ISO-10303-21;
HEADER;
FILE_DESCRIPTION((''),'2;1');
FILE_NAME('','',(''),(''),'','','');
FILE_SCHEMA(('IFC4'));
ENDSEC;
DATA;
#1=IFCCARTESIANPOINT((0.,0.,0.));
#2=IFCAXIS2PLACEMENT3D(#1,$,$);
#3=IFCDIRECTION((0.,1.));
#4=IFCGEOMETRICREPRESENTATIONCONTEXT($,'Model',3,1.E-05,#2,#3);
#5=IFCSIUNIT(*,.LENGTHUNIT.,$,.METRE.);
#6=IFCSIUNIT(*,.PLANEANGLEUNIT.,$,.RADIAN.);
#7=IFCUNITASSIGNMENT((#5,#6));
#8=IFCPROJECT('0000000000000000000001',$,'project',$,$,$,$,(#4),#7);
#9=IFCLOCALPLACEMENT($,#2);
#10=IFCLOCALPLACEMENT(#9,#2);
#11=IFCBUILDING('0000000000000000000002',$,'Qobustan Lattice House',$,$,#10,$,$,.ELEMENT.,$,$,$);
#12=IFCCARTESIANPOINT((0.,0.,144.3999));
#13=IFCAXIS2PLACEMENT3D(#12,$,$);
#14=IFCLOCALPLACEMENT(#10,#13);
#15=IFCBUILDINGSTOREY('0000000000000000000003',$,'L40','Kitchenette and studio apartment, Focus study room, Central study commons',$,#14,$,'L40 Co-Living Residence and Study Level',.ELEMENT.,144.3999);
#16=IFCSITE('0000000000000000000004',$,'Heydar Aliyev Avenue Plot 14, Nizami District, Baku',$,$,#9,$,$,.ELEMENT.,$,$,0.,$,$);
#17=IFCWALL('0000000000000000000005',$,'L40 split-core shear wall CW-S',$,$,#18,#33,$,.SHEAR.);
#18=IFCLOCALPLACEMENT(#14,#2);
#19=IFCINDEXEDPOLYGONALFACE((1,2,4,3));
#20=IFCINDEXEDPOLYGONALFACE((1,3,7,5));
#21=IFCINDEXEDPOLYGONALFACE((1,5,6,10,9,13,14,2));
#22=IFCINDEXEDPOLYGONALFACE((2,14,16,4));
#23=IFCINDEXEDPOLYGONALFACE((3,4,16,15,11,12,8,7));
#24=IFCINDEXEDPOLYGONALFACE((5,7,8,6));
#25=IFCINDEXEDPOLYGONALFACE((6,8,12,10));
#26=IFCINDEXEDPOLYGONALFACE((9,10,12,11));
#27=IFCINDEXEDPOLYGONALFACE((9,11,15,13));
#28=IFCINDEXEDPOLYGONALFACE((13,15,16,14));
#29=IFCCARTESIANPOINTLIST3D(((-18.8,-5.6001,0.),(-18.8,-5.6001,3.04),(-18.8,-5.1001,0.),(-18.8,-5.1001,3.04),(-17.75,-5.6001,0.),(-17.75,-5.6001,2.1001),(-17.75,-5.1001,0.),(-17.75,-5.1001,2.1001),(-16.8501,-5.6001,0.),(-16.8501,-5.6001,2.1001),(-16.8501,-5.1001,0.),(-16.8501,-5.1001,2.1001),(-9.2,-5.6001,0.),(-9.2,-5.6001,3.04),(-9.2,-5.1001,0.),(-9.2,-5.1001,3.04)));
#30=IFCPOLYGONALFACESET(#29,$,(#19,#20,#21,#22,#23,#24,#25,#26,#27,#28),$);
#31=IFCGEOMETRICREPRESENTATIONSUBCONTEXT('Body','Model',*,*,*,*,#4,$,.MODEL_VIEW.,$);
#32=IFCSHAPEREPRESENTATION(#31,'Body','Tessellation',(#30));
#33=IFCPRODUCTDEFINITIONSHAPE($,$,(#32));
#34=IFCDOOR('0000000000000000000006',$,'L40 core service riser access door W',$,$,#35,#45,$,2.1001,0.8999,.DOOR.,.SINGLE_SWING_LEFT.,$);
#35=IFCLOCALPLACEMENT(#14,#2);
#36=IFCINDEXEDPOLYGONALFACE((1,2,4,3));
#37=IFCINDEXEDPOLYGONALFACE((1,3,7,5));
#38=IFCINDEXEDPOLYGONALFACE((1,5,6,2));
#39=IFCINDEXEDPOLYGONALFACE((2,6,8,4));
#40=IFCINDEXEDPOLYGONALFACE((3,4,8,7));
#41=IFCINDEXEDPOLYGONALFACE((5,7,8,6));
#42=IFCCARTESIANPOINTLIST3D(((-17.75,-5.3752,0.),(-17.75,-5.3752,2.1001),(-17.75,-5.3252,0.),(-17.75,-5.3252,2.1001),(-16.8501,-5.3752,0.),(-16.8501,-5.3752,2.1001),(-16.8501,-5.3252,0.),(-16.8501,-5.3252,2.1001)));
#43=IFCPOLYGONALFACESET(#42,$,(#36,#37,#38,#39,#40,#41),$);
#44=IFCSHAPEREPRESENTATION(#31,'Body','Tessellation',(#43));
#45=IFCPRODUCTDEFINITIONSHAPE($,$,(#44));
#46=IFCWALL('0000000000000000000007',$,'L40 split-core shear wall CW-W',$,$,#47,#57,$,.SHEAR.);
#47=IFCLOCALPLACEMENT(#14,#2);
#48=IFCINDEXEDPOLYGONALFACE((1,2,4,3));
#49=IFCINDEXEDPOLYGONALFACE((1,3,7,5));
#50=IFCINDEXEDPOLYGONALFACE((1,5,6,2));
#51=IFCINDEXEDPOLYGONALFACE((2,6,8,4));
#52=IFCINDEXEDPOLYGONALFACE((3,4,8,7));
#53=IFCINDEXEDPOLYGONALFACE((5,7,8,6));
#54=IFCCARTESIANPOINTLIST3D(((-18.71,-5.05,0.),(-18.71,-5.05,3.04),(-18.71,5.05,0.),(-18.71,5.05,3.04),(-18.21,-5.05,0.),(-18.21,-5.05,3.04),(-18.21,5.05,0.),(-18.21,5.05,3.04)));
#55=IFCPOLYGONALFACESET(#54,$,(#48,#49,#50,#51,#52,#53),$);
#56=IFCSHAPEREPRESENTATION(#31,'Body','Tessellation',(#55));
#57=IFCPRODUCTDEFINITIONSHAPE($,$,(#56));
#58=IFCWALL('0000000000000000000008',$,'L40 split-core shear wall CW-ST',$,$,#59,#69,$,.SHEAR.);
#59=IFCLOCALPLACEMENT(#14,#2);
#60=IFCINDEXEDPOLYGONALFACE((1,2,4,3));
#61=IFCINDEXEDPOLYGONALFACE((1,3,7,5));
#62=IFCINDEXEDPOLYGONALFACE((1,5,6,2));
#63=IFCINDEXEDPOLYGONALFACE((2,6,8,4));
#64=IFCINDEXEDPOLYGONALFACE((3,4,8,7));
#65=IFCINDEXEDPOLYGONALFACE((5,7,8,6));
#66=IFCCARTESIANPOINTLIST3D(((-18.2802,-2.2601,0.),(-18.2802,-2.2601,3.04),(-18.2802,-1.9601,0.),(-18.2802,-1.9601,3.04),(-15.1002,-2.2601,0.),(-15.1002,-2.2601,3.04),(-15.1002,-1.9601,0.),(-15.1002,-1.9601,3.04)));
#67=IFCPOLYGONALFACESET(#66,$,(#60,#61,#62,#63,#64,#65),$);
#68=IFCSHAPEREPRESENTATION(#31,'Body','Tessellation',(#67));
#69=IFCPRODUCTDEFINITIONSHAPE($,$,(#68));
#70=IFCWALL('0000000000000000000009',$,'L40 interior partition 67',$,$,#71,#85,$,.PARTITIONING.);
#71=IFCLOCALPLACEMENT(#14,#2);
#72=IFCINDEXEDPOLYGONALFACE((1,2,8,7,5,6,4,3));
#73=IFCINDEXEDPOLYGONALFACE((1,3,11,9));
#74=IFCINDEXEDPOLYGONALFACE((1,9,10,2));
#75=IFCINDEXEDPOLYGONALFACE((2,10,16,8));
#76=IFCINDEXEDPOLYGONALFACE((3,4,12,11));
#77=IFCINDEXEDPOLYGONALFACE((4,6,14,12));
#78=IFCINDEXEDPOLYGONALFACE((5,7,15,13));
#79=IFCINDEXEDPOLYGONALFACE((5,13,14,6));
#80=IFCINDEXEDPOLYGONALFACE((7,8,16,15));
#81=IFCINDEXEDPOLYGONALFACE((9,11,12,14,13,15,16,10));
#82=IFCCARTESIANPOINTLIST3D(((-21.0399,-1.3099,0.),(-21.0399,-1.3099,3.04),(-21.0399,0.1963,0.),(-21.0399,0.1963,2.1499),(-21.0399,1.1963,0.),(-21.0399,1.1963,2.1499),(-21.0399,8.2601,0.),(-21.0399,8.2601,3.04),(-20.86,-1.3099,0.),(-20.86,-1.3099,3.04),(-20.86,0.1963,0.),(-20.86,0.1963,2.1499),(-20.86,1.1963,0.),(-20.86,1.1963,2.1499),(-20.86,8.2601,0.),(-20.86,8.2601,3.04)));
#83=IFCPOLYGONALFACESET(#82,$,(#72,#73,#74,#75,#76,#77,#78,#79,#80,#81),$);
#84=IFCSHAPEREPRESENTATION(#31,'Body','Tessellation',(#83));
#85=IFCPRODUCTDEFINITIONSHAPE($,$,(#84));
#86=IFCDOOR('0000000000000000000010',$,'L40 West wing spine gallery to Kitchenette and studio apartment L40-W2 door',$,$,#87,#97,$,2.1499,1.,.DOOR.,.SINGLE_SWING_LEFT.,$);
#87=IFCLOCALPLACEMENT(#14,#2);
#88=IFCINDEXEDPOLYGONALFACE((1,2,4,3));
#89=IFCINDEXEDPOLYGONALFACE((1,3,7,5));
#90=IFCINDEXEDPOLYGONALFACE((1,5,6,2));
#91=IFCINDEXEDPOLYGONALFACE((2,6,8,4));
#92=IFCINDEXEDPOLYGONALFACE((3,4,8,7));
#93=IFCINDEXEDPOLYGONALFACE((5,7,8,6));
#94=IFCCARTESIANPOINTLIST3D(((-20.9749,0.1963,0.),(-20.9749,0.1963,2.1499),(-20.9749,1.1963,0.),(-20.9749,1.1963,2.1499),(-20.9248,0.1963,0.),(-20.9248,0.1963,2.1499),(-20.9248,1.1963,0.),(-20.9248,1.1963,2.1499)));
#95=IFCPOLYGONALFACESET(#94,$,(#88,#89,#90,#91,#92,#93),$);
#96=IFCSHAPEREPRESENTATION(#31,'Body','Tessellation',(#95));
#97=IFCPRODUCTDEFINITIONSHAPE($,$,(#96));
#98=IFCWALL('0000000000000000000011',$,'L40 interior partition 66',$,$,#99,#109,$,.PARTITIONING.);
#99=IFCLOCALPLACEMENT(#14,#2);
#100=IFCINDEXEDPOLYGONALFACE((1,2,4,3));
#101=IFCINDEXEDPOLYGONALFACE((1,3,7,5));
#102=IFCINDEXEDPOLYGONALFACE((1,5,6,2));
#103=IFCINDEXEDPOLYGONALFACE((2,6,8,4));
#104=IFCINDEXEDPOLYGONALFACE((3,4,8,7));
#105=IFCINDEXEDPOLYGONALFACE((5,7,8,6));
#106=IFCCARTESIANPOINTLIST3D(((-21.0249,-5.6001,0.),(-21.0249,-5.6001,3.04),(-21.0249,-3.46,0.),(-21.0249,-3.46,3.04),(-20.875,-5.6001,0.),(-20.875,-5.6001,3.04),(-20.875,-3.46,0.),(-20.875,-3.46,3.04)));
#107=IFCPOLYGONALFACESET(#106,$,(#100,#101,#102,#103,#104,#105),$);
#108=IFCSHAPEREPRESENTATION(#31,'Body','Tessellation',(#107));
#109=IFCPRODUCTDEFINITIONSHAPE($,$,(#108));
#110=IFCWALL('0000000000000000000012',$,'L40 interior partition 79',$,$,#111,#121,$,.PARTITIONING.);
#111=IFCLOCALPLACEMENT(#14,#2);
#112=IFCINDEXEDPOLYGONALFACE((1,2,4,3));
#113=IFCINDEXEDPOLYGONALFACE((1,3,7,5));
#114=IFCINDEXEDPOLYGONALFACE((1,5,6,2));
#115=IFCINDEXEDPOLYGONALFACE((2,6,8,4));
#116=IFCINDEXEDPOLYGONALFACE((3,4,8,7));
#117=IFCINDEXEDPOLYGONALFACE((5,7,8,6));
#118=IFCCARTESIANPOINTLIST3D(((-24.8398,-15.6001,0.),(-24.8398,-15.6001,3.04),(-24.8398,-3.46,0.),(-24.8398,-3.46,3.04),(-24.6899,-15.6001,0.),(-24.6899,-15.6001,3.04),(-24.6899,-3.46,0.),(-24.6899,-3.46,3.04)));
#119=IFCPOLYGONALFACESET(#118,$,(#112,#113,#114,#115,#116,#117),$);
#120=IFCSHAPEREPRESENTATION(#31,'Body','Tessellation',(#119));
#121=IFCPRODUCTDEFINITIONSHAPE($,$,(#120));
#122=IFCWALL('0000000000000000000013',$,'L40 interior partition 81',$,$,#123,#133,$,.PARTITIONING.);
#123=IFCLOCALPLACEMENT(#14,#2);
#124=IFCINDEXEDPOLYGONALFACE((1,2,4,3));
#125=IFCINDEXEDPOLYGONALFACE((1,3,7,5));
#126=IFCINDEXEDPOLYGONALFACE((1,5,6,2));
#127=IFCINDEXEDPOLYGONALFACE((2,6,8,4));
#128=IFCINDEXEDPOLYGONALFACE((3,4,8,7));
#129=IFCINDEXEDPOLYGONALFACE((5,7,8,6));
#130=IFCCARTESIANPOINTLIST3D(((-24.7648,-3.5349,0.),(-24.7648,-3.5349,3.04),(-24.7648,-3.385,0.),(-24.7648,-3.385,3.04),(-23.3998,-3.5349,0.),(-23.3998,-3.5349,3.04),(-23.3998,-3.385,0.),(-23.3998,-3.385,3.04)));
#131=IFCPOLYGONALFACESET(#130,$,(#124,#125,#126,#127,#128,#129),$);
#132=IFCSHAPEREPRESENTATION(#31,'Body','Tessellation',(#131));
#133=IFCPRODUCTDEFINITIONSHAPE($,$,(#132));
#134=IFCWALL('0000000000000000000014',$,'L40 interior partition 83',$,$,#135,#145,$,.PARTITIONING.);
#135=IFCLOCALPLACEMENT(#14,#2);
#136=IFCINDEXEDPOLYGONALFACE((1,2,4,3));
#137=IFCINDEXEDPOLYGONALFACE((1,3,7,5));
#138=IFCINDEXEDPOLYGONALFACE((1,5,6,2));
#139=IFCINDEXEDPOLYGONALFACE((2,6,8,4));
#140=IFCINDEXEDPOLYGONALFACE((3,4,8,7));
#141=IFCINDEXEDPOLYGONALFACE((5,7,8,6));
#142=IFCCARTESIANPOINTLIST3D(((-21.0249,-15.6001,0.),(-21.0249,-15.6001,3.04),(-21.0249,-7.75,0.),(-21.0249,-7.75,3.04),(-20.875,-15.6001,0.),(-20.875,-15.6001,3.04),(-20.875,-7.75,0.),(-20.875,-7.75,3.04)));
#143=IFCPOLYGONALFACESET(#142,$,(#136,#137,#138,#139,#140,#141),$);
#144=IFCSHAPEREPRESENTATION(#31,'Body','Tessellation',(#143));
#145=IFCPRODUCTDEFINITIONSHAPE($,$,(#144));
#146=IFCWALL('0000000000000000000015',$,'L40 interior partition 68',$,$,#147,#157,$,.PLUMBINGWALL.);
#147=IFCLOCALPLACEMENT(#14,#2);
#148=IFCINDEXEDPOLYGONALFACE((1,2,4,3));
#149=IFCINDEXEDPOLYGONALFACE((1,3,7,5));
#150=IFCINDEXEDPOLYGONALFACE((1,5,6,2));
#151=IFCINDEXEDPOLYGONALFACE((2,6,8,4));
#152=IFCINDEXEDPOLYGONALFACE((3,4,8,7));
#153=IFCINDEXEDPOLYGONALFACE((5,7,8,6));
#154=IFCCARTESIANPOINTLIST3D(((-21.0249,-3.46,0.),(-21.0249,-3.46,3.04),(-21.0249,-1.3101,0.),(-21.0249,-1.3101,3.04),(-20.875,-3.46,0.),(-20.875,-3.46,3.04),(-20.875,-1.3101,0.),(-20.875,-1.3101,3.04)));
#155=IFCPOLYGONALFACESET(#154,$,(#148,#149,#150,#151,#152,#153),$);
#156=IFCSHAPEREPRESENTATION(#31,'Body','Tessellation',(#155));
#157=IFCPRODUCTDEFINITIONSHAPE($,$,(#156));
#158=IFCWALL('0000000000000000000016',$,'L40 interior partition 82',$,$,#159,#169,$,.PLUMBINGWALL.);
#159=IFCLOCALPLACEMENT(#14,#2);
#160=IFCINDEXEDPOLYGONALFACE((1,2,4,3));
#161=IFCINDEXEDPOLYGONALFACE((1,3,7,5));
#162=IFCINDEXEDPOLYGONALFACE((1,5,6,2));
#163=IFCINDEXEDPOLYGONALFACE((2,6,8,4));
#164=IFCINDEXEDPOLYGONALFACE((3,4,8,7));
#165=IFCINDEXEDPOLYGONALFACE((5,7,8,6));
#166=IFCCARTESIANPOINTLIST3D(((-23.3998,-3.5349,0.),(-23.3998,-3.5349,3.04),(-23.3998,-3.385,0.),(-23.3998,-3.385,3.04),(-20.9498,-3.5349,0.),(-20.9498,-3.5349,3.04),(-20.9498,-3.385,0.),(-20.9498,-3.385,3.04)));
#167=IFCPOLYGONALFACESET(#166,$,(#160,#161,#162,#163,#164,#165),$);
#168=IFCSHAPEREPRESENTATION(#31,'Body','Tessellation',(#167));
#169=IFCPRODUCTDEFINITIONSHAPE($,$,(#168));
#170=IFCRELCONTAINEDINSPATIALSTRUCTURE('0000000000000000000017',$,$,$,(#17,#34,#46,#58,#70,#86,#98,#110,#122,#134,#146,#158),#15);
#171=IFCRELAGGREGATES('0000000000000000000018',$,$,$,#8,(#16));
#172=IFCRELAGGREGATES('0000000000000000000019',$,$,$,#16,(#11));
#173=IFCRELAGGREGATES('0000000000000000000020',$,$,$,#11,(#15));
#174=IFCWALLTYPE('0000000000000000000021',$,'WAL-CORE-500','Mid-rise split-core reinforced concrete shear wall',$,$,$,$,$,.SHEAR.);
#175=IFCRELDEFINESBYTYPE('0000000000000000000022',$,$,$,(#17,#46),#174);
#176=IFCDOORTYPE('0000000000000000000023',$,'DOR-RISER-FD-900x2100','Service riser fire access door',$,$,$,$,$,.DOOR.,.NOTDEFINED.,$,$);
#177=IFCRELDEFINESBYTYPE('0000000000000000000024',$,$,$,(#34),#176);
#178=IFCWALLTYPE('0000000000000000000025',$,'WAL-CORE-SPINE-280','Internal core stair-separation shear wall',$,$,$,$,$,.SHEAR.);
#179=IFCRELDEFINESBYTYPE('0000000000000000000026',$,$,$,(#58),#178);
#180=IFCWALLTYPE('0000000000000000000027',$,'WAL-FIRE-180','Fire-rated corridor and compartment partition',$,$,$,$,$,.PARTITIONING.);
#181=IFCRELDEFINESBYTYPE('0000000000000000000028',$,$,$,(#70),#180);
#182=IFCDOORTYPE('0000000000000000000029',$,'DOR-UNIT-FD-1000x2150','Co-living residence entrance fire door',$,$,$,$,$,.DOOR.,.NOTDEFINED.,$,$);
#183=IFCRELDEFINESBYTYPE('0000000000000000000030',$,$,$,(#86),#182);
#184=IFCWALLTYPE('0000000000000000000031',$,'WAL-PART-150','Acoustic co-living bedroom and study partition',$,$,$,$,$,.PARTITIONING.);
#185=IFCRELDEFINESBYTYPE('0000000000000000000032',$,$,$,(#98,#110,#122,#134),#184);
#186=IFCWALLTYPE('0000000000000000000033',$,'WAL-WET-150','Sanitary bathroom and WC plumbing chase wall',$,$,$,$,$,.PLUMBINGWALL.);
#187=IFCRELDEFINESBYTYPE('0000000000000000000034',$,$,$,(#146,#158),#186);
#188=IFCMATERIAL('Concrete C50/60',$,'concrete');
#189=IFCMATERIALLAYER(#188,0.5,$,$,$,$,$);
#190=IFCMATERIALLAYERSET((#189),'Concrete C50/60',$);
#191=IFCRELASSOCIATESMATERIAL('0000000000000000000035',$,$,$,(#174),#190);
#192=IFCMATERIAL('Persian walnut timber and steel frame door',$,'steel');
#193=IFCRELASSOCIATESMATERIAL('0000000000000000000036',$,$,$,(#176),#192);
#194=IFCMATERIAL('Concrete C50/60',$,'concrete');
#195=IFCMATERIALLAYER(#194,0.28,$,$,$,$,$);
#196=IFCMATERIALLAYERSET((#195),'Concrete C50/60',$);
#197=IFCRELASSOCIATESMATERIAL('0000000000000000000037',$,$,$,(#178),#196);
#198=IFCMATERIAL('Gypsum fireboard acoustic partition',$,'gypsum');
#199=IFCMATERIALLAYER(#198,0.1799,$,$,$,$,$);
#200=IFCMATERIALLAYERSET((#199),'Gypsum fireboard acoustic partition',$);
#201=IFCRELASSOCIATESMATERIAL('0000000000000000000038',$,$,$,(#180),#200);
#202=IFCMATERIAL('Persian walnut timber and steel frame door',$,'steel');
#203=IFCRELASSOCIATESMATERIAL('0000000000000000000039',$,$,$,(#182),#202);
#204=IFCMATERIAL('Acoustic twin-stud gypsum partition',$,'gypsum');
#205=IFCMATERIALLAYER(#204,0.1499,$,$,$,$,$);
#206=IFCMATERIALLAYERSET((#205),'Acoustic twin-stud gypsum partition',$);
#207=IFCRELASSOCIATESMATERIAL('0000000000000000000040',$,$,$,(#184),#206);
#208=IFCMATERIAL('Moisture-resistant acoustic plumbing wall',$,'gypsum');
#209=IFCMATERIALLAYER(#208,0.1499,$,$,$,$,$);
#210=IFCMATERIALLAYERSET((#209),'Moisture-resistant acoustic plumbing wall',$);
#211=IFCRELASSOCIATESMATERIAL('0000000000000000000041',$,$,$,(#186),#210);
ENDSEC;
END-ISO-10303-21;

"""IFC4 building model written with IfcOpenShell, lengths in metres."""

from ifc_helpers import new_model, si_unit, direction, frame, frame_2d, origin, place, context, subcontext, project, spatial, rectangle, extrude, material, layer, layer_set, type_object, element, fill, save


model = new_model("IFC4")

# Units and contexts
model_context = context("Model", 3, precision=1e-05, world=origin(), true_north=direction((0.0, 1.0)))
body_context = subcontext(model_context, "Body", "Model", "MODEL_VIEW")
ifc_project = project(units=[si_unit("LENGTHUNIT", "METRE"), si_unit("PLANEANGLEUNIT", "RADIAN")], contexts=[model_context])

# Site, building, storey
site_placement = place(None, origin())
site = spatial("IfcSite", under=ifc_project, at=site_placement, Name="Heydar Aliyev Avenue Plot 14, Nizami District, Baku", CompositionType="ELEMENT", RefElevation=0.0)
building_placement = place(site_placement, origin())
building = spatial("IfcBuilding", under=site, at=building_placement, Name="Qobustan Lattice House", CompositionType="ELEMENT")
storey_placement = place(building_placement, frame((0.0, 0.0, 144.3999)))
storey = spatial("IfcBuildingStorey", under=building, at=storey_placement, Name="L40", Description="Kitchenette and studio apartment, Focus study room, Central study commons", LongName="L40 Co-Living Residence and Study Level", CompositionType="ELEMENT", Elevation=144.3999)

# Wall, opening, door
ifc_material_1 = material(Name="Concrete C50/60", Category="concrete")
ifc_layer_1 = layer(ifc_material_1, 0.5)
ifc_layer_set_1 = layer_set([ifc_layer_1], Name="Concrete C50/60")
wall_type_1 = type_object("IfcWallType", Name="WAL-CORE-500", Description="Mid-rise split-core reinforced concrete shear wall", PredefinedType="SHEAR", material=ifc_layer_set_1)
wall_1_placement = place(storey_placement, frame((-18.8, -5.3501, 0.0), z_axis=(0.0, 0.0, 1.0), x_axis=(1.0, 0.0, 0.0)))
wall_1 = element("IfcWall", 1, at=wall_1_placement, inside=storey, type_object=wall_type_1, Name="L40 split-core shear wall CW-S", PredefinedType="SHEAR", context=body_context, shape_type="SweptSolid", body=[
    extrude(rectangle(XDim=9.6001, YDim=0.5, at=frame_2d((4.8, 0.0))), origin(), (0.0, 0.0, 1.0), 3.04),
])
opening_1_placement = place(wall_1_placement, frame((1.05, 0.0, 0.0)))
opening_1 = element("IfcOpeningElement", 2, at=opening_1_placement, cuts=wall_1, PredefinedType="OPENING", context=body_context, shape_type="SweptSolid", body=[
    extrude(rectangle(XDim=0.8999, YDim=2.1001, at=frame_2d((0.45, 1.05))), frame((0.0, 0.26, 0.0), z_axis=(0.0, -1.0, 0.0), x_axis=(1.0, 0.0, 0.0)), (0.0, 0.0, 1.0), 0.52),
])
ifc_material_2 = material(Name="Persian walnut timber and steel frame door", Category="steel")
door_type_1 = type_object("IfcDoorType", Name="DOR-RISER-FD-900x2100", Description="Service riser fire access door", OperationType="NOTDEFINED", PredefinedType="DOOR", material=ifc_material_2)
door_1_placement = place(opening_1_placement, origin())
door_1 = element("IfcDoor", 3, at=door_1_placement, inside=storey, type_object=door_type_1, Name="L40 core service riser access door W", OperationType="SINGLE_SWING_LEFT", OverallHeight=2.1001, OverallWidth=0.8999, PredefinedType="DOOR", context=body_context, shape_type="SweptSolid", body=[
    extrude(rectangle(XDim=0.8999, YDim=2.1001, at=frame_2d((0.45, 1.05))), frame((0.0, 0.0249, 0.0), z_axis=(0.0, -1.0, 0.0), x_axis=(1.0, 0.0, 0.0)), (0.0, 0.0, 1.0), 0.05),
])
fill(opening_1, door_1)

# Walls
wall_2_placement = place(storey_placement, frame((-18.46, -5.05, 0.0), z_axis=(0.0, 0.0, 1.0), x_axis=(0.0, 1.0, 0.0)))
element("IfcWall", 4, at=wall_2_placement, inside=storey, type_object=wall_type_1, Name="L40 split-core shear wall CW-W", PredefinedType="SHEAR", context=body_context, shape_type="SweptSolid", body=[
    extrude(rectangle(XDim=10.1001, YDim=0.5, at=frame_2d((5.05, 0.0))), origin(), (0.0, 0.0, 1.0), 3.04),
])
ifc_material_3 = material(Name="Concrete C50/60", Category="concrete")
ifc_layer_2 = layer(ifc_material_3, 0.28)
ifc_layer_set_2 = layer_set([ifc_layer_2], Name="Concrete C50/60")
wall_type_2 = type_object("IfcWallType", Name="WAL-CORE-SPINE-280", Description="Internal core stair-separation shear wall", PredefinedType="SHEAR", material=ifc_layer_set_2)
wall_3_placement = place(storey_placement, frame((-18.28, -2.1101, 0.0), z_axis=(0.0, 0.0, 1.0), x_axis=(1.0, 0.0, 0.0)))
element("IfcWall", 5, at=wall_3_placement, inside=storey, type_object=wall_type_2, Name="L40 split-core shear wall CW-ST", PredefinedType="SHEAR", context=body_context, shape_type="SweptSolid", body=[
    extrude(rectangle(XDim=3.1799, YDim=0.3, at=frame_2d((1.5898, 0.0))), origin(), (0.0, 0.0, 1.0), 3.04),
])

# Wall, opening, door
ifc_material_4 = material(Name="Gypsum fireboard acoustic partition", Category="gypsum")
ifc_layer_3 = layer(ifc_material_4, 0.1799)
ifc_layer_set_3 = layer_set([ifc_layer_3], Name="Gypsum fireboard acoustic partition")
wall_type_3 = type_object("IfcWallType", Name="WAL-FIRE-180", Description="Fire-rated corridor and compartment partition", PredefinedType="PARTITIONING", material=ifc_layer_set_3)
wall_4_placement = place(storey_placement, frame((-20.95, -1.3101, 0.0), z_axis=(0.0, 0.0, 1.0), x_axis=(0.0, 1.0, 0.0)))
wall_4 = element("IfcWall", 6, at=wall_4_placement, inside=storey, type_object=wall_type_3, Name="L40 interior partition 67", PredefinedType="PARTITIONING", context=body_context, shape_type="SweptSolid", body=[
    extrude(rectangle(XDim=9.5701, YDim=0.1799, at=frame_2d((4.7852, 0.0))), origin(), (0.0, 0.0, 1.0), 3.04),
])
opening_2_placement = place(wall_4_placement, frame((1.5063, 0.0, 0.0)))
opening_2 = element("IfcOpeningElement", 7, at=opening_2_placement, cuts=wall_4, PredefinedType="OPENING", context=body_context, shape_type="SweptSolid", body=[
    extrude(rectangle(XDim=1.0, YDim=2.1499, at=frame_2d((0.5, 1.075))), frame((0.0, 0.0999, 0.0), z_axis=(0.0, -1.0, 0.0), x_axis=(1.0, 0.0, 0.0)), (0.0, 0.0, 1.0), 0.2),
])
ifc_material_5 = material(Name="Persian walnut timber and steel frame door", Category="steel")
door_type_2 = type_object("IfcDoorType", Name="DOR-UNIT-FD-1000x2150", Description="Co-living residence entrance fire door", OperationType="NOTDEFINED", PredefinedType="DOOR", material=ifc_material_5)
door_2_placement = place(opening_2_placement, origin())
door_2 = element("IfcDoor", 8, at=door_2_placement, inside=storey, type_object=door_type_2, Name="L40 West wing spine gallery to Kitchenette and studio apartment L40-W2 door", OperationType="SINGLE_SWING_LEFT", OverallHeight=2.1499, OverallWidth=1.0, PredefinedType="DOOR", context=body_context, shape_type="SweptSolid", body=[
    extrude(rectangle(XDim=1.0, YDim=2.1499, at=frame_2d((0.5, 1.075))), frame((0.0, 0.0249, 0.0), z_axis=(0.0, -1.0, 0.0), x_axis=(1.0, 0.0, 0.0)), (0.0, 0.0, 1.0), 0.05),
])
fill(opening_2, door_2)

# Walls
ifc_material_6 = material(Name="Acoustic twin-stud gypsum partition", Category="gypsum")
ifc_layer_4 = layer(ifc_material_6, 0.1499)
ifc_layer_set_4 = layer_set([ifc_layer_4], Name="Acoustic twin-stud gypsum partition")
wall_type_4 = type_object("IfcWallType", Name="WAL-PART-150", Description="Acoustic co-living bedroom and study partition", PredefinedType="PARTITIONING", material=ifc_layer_set_4)
wall_5_placement = place(storey_placement, frame((-20.95, -5.6001, 0.0), z_axis=(0.0, 0.0, 1.0), x_axis=(0.0, 1.0, 0.0)))
element("IfcWall", 9, at=wall_5_placement, inside=storey, type_object=wall_type_4, Name="L40 interior partition 66", PredefinedType="PARTITIONING", context=body_context, shape_type="SweptSolid", body=[
    extrude(rectangle(XDim=2.1401, YDim=0.1499, at=frame_2d((1.0701, 0.0))), origin(), (0.0, 0.0, 1.0), 3.04),
])
wall_6_placement = place(storey_placement, frame((-24.7649, -3.46, 0.0), z_axis=(0.0, 0.0, 1.0), x_axis=(0.0, -1.0, 0.0)))
element("IfcWall", 10, at=wall_6_placement, inside=storey, type_object=wall_type_4, Name="L40 interior partition 79", PredefinedType="PARTITIONING", context=body_context, shape_type="SweptSolid", body=[
    extrude(rectangle(XDim=12.1401, YDim=0.1499, at=frame_2d((6.0701, 0.0))), origin(), (0.0, 0.0, 1.0), 3.04),
])

# Walls
wall_7_placement = place(storey_placement, frame((-24.7649, -3.46, 0.0), z_axis=(0.0, 0.0, 1.0), x_axis=(1.0, 0.0, 0.0)))
element("IfcWall", 11, at=wall_7_placement, inside=storey, type_object=wall_type_4, Name="L40 interior partition 81", PredefinedType="PARTITIONING", context=body_context, shape_type="SweptSolid", body=[
    extrude(rectangle(XDim=1.365, YDim=0.1499, at=frame_2d((0.6826, 0.0))), origin(), (0.0, 0.0, 1.0), 3.04),
])
wall_8_placement = place(storey_placement, frame((-20.95, -7.75, 0.0), z_axis=(0.0, 0.0, 1.0), x_axis=(0.0, -1.0, 0.0)))
element("IfcWall", 12, at=wall_8_placement, inside=storey, type_object=wall_type_4, Name="L40 interior partition 83", PredefinedType="PARTITIONING", context=body_context, shape_type="SweptSolid", body=[
    extrude(rectangle(XDim=7.8501, YDim=0.1499, at=frame_2d((3.925, 0.0))), origin(), (0.0, 0.0, 1.0), 3.04),
])
ifc_material_7 = material(Name="Moisture-resistant acoustic plumbing wall", Category="gypsum")
ifc_layer_5 = layer(ifc_material_7, 0.1499)
ifc_layer_set_5 = layer_set([ifc_layer_5], Name="Moisture-resistant acoustic plumbing wall")
wall_type_5 = type_object("IfcWallType", Name="WAL-WET-150", Description="Sanitary bathroom and WC plumbing chase wall", PredefinedType="PLUMBINGWALL", material=ifc_layer_set_5)
wall_9_placement = place(storey_placement, frame((-20.95, -3.46, 0.0), z_axis=(0.0, 0.0, 1.0), x_axis=(0.0, 1.0, 0.0)))
element("IfcWall", 13, at=wall_9_placement, inside=storey, type_object=wall_type_5, Name="L40 interior partition 68", PredefinedType="PLUMBINGWALL", context=body_context, shape_type="SweptSolid", body=[
    extrude(rectangle(XDim=2.1499, YDim=0.1499, at=frame_2d((1.075, 0.0))), origin(), (0.0, 0.0, 1.0), 3.04),
])
wall_10_placement = place(storey_placement, frame((-23.3999, -3.46, 0.0), z_axis=(0.0, 0.0, 1.0), x_axis=(1.0, 0.0, 0.0)))
element("IfcWall", 14, at=wall_10_placement, inside=storey, type_object=wall_type_5, Name="L40 interior partition 82", PredefinedType="PLUMBINGWALL", context=body_context, shape_type="SweptSolid", body=[
    extrude(rectangle(XDim=2.45, YDim=0.1499, at=frame_2d((1.2251, 0.0))), origin(), (0.0, 0.0, 1.0), 3.04),
])

save(model, "model.ifc")
